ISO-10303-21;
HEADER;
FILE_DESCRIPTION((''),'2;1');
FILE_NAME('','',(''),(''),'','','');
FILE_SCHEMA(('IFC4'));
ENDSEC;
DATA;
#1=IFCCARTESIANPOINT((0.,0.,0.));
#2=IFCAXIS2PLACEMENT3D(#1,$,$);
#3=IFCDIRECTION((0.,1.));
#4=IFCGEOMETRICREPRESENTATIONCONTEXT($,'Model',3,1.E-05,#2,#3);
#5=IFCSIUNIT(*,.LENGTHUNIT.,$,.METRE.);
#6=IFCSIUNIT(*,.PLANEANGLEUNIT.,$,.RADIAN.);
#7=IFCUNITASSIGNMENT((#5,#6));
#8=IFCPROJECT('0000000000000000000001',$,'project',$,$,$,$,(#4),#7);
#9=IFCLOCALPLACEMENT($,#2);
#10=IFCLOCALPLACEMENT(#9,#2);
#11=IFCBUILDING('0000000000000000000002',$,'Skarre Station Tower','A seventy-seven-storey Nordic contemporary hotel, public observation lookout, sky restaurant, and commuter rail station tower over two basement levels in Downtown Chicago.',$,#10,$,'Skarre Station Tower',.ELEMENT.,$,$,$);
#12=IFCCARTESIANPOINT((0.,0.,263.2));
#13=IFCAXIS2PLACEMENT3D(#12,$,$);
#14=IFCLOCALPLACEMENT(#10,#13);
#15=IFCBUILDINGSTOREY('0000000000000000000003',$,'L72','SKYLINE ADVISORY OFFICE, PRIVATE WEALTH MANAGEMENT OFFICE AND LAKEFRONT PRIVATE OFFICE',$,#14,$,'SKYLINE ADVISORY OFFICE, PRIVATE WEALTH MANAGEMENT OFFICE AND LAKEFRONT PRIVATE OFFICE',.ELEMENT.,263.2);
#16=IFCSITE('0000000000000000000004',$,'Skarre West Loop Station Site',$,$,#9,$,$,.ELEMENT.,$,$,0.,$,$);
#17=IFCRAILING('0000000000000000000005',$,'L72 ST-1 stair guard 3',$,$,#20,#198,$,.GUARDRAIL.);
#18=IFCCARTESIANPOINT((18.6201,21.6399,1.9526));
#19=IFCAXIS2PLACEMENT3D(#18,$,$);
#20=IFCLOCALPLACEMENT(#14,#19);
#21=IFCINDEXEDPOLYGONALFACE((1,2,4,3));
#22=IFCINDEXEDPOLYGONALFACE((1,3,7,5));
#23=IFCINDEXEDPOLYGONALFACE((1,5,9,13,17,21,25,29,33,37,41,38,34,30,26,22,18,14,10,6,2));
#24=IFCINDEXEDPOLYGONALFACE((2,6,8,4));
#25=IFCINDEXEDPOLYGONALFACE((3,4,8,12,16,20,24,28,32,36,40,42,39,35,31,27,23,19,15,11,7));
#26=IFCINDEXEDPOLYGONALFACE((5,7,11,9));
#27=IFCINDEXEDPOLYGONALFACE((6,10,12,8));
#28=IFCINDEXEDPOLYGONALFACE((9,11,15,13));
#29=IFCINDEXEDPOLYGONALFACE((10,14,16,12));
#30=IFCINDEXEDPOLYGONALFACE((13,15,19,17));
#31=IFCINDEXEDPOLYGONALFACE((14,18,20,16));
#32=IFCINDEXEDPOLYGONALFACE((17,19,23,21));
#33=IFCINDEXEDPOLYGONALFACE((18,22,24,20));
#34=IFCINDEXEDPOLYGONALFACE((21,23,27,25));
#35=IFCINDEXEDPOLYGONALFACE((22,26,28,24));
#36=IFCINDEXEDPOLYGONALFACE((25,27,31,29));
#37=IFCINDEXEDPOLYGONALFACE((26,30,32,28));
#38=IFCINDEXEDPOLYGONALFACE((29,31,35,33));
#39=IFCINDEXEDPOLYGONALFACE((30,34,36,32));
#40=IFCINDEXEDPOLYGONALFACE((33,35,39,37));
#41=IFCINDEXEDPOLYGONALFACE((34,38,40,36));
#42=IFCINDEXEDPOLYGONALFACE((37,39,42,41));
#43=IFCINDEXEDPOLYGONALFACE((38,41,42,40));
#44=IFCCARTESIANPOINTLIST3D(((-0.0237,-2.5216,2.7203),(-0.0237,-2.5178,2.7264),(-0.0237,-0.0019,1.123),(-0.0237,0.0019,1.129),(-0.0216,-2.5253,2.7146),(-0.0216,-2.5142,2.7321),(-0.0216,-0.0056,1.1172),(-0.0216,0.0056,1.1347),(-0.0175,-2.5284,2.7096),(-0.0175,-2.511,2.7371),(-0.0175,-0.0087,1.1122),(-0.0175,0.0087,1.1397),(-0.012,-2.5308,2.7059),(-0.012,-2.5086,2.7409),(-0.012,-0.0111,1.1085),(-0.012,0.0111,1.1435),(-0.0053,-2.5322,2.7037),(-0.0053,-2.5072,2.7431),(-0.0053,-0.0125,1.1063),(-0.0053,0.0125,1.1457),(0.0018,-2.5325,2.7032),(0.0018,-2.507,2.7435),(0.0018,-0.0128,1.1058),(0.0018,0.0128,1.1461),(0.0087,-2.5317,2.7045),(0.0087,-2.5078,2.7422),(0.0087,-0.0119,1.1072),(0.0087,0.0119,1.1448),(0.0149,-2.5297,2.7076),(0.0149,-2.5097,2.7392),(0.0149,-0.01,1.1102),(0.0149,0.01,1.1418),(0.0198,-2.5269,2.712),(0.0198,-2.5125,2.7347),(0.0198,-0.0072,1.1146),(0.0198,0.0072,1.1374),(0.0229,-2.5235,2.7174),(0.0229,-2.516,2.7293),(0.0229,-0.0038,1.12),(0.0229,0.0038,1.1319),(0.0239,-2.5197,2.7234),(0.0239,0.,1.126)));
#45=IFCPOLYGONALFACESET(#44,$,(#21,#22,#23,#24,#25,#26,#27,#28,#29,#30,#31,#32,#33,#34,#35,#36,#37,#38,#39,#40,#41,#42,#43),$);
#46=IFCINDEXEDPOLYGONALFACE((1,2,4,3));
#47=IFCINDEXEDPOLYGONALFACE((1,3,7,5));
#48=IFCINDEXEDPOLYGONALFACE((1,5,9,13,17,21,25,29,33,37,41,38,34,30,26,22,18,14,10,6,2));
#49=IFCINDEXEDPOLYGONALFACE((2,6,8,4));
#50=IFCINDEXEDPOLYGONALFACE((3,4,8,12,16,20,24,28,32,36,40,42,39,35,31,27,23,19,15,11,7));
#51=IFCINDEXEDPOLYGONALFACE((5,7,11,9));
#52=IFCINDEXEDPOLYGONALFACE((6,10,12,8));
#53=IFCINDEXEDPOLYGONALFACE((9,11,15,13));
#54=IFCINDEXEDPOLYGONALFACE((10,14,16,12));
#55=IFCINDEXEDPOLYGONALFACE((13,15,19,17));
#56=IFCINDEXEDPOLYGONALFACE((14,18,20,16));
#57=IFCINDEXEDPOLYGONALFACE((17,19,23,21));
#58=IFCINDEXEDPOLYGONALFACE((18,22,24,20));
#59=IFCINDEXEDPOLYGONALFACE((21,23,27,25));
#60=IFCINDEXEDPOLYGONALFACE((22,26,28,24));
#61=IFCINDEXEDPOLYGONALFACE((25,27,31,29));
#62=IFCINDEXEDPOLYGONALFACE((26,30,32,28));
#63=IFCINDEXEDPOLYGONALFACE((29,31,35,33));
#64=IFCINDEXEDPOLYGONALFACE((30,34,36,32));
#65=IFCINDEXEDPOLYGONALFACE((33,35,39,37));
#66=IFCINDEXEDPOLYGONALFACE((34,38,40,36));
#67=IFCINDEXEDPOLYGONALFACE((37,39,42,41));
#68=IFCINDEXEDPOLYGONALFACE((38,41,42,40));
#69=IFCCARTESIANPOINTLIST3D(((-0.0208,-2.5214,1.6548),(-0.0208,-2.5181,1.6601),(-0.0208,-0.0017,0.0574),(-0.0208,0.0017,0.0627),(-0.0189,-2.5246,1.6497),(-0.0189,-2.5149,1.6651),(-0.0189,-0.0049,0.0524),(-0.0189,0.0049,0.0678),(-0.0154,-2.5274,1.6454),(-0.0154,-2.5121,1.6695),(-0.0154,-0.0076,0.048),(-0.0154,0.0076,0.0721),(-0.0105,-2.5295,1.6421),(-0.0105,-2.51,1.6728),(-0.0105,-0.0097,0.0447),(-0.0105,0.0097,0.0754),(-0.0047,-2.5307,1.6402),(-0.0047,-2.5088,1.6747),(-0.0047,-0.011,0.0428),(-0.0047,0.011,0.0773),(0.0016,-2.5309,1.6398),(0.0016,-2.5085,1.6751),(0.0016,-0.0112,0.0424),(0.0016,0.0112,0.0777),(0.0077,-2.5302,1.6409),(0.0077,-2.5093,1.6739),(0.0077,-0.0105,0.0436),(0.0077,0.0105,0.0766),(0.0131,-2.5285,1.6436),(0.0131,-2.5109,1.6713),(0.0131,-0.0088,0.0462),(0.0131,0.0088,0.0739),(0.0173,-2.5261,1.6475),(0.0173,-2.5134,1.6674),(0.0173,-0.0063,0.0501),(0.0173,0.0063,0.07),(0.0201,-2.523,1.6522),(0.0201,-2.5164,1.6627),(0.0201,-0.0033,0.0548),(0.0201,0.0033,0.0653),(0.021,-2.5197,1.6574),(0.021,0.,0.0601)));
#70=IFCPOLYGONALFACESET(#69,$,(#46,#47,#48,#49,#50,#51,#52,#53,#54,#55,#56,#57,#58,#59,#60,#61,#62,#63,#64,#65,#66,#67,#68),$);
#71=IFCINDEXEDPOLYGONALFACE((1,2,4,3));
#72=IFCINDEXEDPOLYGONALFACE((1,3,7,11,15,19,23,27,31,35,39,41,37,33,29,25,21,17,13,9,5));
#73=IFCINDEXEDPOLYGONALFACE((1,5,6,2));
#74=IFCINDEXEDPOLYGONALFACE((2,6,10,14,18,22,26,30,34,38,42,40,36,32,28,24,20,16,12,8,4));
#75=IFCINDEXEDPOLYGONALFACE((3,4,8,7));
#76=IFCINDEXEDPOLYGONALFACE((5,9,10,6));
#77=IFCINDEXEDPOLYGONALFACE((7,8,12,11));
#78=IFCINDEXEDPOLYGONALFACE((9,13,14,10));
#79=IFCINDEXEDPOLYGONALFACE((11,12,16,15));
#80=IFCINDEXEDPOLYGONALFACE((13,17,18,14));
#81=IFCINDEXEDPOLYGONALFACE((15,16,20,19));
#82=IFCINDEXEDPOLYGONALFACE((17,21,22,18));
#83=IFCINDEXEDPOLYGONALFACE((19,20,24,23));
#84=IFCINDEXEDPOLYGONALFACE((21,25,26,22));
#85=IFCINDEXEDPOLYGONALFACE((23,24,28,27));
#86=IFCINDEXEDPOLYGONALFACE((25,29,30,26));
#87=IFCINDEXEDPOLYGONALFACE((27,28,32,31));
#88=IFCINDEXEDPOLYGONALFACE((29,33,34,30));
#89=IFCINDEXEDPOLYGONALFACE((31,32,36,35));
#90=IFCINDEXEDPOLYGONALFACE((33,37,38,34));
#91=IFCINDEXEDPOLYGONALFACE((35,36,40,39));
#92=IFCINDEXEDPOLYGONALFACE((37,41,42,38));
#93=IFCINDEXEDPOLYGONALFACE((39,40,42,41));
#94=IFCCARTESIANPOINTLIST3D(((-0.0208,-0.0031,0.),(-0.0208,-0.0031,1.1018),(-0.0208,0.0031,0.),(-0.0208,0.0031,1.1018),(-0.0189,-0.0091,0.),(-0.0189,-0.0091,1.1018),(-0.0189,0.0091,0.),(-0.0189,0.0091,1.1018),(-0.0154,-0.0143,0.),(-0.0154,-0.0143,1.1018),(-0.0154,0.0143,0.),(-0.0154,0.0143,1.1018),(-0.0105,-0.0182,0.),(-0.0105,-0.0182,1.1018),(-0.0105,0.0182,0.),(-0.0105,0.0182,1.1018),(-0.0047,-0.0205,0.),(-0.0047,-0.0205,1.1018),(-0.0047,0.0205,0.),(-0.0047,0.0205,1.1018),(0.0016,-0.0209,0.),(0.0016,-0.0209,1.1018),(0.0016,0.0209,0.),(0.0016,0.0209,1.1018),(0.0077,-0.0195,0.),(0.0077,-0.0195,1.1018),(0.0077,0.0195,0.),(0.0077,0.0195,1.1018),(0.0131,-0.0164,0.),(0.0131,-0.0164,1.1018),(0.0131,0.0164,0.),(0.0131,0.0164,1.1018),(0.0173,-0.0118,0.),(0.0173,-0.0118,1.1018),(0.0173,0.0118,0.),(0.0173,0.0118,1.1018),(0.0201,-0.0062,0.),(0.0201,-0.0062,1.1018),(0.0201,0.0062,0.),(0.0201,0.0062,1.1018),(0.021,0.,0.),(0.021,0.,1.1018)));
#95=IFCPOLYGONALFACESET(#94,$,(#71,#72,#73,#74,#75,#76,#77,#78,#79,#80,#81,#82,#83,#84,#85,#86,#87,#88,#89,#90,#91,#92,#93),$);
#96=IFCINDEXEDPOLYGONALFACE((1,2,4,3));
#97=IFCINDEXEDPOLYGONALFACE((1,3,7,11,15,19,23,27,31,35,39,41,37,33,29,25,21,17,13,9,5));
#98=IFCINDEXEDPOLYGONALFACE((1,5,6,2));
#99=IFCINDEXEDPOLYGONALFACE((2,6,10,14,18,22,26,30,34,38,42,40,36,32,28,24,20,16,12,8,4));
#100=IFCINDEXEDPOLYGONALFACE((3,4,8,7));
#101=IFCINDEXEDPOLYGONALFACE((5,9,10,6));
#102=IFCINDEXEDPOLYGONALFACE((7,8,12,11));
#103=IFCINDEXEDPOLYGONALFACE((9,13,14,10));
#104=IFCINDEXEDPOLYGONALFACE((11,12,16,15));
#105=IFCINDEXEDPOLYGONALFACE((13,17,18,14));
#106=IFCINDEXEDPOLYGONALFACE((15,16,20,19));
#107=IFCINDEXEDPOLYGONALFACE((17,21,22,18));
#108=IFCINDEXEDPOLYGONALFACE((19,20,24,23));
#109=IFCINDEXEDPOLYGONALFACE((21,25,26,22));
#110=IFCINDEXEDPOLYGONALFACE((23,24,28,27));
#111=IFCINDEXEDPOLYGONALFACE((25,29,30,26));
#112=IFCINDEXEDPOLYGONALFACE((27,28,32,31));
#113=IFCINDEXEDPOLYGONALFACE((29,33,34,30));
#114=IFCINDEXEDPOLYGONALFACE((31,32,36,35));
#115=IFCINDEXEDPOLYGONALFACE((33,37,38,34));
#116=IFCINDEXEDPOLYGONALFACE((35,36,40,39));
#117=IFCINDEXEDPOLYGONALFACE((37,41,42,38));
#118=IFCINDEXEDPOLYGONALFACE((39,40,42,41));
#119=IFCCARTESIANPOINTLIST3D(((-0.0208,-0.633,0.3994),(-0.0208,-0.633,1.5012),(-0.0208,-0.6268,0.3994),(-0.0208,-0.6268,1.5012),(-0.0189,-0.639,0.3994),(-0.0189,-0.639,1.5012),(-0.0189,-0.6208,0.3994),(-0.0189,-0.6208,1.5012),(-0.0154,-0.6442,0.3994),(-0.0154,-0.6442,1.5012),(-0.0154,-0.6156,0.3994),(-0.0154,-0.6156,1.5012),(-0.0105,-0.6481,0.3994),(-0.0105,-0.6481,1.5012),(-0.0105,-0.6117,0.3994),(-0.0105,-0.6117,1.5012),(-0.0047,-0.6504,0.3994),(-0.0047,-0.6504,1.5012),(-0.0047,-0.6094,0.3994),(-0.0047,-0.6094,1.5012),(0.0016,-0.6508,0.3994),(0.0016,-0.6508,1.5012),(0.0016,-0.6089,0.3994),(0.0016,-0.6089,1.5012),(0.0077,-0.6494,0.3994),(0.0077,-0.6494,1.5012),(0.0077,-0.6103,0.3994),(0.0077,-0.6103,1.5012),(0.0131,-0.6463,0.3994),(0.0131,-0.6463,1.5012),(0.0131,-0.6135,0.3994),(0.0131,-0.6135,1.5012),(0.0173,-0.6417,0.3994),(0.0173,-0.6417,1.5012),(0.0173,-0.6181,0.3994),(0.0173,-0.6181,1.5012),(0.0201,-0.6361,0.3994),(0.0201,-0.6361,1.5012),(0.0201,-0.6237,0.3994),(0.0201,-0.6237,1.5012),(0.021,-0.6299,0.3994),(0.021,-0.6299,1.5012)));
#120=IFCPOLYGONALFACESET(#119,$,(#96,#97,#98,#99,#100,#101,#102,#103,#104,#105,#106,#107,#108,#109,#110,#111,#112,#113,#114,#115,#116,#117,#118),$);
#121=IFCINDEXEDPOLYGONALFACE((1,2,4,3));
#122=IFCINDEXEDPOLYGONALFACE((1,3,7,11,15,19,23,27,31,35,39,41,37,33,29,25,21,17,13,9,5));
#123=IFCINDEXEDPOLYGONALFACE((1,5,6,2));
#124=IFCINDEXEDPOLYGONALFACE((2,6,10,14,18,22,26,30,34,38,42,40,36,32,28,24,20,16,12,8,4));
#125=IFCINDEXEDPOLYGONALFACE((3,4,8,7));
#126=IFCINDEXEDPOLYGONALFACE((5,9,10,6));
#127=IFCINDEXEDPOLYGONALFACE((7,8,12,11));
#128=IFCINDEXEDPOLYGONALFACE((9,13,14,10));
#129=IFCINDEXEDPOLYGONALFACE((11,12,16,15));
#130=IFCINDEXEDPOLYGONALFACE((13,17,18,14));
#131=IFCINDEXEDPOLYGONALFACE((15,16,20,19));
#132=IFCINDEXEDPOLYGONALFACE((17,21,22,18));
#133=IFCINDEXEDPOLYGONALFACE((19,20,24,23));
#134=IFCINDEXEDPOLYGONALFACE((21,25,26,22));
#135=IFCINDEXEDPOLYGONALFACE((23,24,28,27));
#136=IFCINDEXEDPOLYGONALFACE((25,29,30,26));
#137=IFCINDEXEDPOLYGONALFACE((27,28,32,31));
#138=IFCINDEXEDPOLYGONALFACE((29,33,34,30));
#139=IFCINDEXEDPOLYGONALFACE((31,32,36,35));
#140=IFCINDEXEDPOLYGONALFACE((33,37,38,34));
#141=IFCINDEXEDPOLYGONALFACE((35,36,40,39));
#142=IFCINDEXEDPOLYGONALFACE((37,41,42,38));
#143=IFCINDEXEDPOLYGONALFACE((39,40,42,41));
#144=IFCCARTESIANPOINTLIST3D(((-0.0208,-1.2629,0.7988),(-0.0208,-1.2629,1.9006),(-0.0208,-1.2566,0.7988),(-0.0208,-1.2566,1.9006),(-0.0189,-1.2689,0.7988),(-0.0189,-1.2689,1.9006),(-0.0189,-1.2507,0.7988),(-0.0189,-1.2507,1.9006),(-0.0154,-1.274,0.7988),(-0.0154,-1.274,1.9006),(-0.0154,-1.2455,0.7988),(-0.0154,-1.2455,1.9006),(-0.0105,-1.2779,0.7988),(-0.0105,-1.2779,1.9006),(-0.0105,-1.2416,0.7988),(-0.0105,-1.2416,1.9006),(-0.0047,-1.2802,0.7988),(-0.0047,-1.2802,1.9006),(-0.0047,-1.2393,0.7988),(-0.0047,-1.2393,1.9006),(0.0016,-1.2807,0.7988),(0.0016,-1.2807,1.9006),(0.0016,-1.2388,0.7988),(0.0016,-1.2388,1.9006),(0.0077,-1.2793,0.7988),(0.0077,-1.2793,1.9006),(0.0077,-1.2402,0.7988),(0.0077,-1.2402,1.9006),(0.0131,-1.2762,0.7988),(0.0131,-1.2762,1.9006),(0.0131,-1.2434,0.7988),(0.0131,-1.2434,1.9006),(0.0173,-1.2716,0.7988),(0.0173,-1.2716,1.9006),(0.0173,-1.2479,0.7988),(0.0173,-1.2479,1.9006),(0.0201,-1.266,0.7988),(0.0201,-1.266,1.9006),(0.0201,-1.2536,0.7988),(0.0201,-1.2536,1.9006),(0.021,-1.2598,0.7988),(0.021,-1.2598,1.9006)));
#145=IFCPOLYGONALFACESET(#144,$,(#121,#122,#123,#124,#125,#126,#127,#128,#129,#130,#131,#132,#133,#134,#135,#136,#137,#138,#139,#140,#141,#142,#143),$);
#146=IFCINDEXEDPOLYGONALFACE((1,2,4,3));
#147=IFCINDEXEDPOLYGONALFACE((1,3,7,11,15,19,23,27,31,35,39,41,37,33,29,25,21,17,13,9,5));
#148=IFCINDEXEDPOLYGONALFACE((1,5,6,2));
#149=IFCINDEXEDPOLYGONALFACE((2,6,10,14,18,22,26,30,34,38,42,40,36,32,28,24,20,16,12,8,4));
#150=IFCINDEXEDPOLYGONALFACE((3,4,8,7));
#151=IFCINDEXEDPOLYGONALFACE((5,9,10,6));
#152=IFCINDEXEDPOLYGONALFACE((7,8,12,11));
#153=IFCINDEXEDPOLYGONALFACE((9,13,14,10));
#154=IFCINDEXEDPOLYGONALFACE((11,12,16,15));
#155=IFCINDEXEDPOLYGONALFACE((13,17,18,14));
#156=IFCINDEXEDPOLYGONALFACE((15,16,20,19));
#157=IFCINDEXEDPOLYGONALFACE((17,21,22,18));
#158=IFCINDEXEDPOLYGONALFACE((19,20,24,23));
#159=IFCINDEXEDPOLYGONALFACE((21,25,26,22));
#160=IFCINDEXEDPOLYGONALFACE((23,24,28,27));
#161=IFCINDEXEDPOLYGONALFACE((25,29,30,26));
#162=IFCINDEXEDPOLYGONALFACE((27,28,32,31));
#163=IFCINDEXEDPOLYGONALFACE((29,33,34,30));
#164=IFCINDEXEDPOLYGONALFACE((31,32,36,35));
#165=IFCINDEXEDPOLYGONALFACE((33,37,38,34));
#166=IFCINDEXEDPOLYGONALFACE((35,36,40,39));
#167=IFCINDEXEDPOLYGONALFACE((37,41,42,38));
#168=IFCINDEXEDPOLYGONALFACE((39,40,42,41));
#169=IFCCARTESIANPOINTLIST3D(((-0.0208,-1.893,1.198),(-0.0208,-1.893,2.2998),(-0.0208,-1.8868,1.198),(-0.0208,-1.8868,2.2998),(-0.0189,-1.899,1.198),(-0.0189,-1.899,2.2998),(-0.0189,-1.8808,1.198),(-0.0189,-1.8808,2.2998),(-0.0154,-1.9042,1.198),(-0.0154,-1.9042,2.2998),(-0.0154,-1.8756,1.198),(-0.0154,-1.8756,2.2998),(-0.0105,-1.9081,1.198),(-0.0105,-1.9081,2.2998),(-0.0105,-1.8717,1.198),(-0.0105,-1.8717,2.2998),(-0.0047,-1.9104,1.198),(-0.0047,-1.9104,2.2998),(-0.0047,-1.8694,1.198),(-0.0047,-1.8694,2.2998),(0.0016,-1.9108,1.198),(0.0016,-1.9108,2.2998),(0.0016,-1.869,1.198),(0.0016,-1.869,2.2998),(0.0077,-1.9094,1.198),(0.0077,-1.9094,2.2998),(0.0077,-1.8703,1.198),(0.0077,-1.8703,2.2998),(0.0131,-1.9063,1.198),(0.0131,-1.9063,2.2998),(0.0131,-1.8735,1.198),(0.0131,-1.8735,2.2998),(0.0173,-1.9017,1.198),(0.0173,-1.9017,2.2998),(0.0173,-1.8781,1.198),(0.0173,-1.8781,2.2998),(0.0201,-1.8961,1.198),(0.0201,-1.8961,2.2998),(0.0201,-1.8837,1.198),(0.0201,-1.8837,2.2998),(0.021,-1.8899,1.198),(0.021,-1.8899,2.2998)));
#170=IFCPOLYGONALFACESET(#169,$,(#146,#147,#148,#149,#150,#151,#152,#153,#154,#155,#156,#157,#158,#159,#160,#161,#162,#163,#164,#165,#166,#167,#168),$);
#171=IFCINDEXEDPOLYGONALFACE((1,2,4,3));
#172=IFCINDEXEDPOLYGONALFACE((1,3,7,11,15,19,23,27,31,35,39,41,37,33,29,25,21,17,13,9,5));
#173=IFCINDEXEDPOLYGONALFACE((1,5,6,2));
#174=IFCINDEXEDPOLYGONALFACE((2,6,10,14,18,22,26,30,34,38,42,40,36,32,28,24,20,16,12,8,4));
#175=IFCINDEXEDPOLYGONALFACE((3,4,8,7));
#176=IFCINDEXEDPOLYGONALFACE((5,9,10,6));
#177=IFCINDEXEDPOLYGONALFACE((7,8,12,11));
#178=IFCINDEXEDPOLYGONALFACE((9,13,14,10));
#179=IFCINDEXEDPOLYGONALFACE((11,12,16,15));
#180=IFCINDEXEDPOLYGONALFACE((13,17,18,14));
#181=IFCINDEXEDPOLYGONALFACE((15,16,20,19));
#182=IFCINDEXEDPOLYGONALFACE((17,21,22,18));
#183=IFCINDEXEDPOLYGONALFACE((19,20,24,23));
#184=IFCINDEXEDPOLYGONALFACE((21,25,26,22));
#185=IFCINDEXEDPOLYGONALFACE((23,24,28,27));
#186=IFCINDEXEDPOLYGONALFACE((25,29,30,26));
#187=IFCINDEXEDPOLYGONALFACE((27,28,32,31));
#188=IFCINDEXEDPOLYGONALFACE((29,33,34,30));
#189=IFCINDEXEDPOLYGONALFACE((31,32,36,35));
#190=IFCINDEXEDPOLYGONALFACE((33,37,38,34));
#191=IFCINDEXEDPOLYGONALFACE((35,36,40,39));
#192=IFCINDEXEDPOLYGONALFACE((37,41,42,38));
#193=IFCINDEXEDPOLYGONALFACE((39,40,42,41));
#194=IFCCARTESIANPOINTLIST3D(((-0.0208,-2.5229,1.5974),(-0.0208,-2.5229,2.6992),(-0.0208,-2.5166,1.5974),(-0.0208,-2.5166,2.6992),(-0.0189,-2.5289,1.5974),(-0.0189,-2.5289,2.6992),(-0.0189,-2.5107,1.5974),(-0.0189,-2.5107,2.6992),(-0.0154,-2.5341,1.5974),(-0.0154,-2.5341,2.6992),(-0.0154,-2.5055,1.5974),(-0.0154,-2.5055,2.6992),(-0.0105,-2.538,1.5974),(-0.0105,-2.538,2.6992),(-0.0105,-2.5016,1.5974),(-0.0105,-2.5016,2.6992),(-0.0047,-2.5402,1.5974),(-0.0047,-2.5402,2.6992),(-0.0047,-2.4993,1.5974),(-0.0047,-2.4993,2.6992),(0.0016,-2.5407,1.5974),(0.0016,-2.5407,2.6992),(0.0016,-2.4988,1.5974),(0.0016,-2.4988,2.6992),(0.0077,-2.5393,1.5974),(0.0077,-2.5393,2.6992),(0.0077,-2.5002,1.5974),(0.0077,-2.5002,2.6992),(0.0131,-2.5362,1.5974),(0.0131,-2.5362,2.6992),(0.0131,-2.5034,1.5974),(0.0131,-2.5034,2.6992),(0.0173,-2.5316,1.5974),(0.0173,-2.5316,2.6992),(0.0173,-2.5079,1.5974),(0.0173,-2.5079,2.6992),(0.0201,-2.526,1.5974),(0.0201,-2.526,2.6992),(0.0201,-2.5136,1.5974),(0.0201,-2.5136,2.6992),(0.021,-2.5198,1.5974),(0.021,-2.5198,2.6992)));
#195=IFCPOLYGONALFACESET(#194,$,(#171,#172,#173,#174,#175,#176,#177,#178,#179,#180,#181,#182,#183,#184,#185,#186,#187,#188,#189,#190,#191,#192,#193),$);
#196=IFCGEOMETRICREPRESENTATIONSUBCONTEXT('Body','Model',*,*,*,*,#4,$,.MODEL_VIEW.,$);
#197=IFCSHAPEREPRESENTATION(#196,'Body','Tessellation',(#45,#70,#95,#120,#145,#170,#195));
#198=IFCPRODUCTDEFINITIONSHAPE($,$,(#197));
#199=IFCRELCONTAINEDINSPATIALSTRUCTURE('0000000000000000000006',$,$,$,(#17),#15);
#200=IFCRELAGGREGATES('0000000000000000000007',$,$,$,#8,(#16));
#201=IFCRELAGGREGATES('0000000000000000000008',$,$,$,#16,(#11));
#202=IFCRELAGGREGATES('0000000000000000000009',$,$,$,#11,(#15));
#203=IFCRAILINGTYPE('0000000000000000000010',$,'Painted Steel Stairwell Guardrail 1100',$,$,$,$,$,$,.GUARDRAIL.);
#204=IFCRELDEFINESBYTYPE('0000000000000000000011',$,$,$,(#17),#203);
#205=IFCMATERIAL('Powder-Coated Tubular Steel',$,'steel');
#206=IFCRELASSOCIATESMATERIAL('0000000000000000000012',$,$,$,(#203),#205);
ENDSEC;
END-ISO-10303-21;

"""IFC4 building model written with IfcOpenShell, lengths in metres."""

from ifc_helpers import new_model, si_unit, direction, frame, origin, origin_2d, place, context, subcontext, project, spatial, circle, extrude, material, type_object, element, save


model = new_model("IFC4")

# Units and contexts
model_context = context("Model", 3, precision=1e-05, world=origin(), true_north=direction((0.0, 1.0)))
body_context = subcontext(model_context, "Body", "Model", "MODEL_VIEW")
ifc_project = project(units=[si_unit("LENGTHUNIT", "METRE"), si_unit("PLANEANGLEUNIT", "RADIAN")], contexts=[model_context])

# Site, building, storey
site_placement = place(None, origin())
site = spatial("IfcSite", under=ifc_project, at=site_placement, Name="Skarre West Loop Station Site", CompositionType="ELEMENT", RefElevation=0.0)
building_placement = place(site_placement, origin())
building = spatial("IfcBuilding", under=site, at=building_placement, Name="Skarre Station Tower", Description="A seventy-seven-storey Nordic contemporary hotel, public observation lookout, sky restaurant, and commuter rail station tower over two basement levels in Downtown Chicago.", LongName="Skarre Station Tower", CompositionType="ELEMENT")
storey_placement = place(building_placement, frame((0.0, 0.0, 263.2)))
storey = spatial("IfcBuildingStorey", under=building, at=storey_placement, Name="L72", Description="SKYLINE ADVISORY OFFICE, PRIVATE WEALTH MANAGEMENT OFFICE AND LAKEFRONT PRIVATE OFFICE", LongName="SKYLINE ADVISORY OFFICE, PRIVATE WEALTH MANAGEMENT OFFICE AND LAKEFRONT PRIVATE OFFICE", CompositionType="ELEMENT", Elevation=263.2)

# Railing
ifc_material_1 = material(Name="Powder-Coated Tubular Steel", Category="steel")
railing_type_1 = type_object("IfcRailingType", Name="Painted Steel Stairwell Guardrail 1100", PredefinedType="GUARDRAIL", material=ifc_material_1)
railing_1_placement = place(storey_placement, frame((18.6201, 21.6399, 1.9526)))
element("IfcRailing", 1, at=railing_1_placement, inside=storey, type_object=railing_type_1, Name="L72 ST-1 stair guard 3", PredefinedType="GUARDRAIL", context=body_context, shape_type="SweptSolid", body=[
    extrude(circle(Radius=0.0239, at=origin_2d()), frame((0.0, 0.0, 1.126), z_axis=(0.0, -0.844583, 0.535424), x_axis=(1.0, 0.0, 0.0)), (0.0, 0.0, 1.0), 2.9834),
    extrude(circle(Radius=0.021, at=origin_2d()), frame((0.0, 0.0, 0.0601), z_axis=(0.0, -0.844583, 0.535424), x_axis=(1.0, 0.0, 0.0)), (0.0, 0.0, 1.0), 2.9834),
    extrude(circle(Radius=0.021, at=origin_2d()), origin(), (0.0, 0.0, 1.0), 1.1018),
    extrude(circle(Radius=0.021, at=origin_2d()), frame((0.0, -0.6299, 0.3994)), (0.0, 0.0, 1.0), 1.1018),
    extrude(circle(Radius=0.021, at=origin_2d()), frame((0.0, -1.2598, 0.7988)), (0.0, 0.0, 1.0), 1.1018),
    extrude(circle(Radius=0.021, at=origin_2d()), frame((0.0, -1.8899, 1.198)), (0.0, 0.0, 1.0), 1.1018),
    extrude(circle(Radius=0.021, at=origin_2d()), frame((0.0, -2.5198, 1.5974)), (0.0, 0.0, 1.0), 1.1018),
])

save(model, "model.ifc")
